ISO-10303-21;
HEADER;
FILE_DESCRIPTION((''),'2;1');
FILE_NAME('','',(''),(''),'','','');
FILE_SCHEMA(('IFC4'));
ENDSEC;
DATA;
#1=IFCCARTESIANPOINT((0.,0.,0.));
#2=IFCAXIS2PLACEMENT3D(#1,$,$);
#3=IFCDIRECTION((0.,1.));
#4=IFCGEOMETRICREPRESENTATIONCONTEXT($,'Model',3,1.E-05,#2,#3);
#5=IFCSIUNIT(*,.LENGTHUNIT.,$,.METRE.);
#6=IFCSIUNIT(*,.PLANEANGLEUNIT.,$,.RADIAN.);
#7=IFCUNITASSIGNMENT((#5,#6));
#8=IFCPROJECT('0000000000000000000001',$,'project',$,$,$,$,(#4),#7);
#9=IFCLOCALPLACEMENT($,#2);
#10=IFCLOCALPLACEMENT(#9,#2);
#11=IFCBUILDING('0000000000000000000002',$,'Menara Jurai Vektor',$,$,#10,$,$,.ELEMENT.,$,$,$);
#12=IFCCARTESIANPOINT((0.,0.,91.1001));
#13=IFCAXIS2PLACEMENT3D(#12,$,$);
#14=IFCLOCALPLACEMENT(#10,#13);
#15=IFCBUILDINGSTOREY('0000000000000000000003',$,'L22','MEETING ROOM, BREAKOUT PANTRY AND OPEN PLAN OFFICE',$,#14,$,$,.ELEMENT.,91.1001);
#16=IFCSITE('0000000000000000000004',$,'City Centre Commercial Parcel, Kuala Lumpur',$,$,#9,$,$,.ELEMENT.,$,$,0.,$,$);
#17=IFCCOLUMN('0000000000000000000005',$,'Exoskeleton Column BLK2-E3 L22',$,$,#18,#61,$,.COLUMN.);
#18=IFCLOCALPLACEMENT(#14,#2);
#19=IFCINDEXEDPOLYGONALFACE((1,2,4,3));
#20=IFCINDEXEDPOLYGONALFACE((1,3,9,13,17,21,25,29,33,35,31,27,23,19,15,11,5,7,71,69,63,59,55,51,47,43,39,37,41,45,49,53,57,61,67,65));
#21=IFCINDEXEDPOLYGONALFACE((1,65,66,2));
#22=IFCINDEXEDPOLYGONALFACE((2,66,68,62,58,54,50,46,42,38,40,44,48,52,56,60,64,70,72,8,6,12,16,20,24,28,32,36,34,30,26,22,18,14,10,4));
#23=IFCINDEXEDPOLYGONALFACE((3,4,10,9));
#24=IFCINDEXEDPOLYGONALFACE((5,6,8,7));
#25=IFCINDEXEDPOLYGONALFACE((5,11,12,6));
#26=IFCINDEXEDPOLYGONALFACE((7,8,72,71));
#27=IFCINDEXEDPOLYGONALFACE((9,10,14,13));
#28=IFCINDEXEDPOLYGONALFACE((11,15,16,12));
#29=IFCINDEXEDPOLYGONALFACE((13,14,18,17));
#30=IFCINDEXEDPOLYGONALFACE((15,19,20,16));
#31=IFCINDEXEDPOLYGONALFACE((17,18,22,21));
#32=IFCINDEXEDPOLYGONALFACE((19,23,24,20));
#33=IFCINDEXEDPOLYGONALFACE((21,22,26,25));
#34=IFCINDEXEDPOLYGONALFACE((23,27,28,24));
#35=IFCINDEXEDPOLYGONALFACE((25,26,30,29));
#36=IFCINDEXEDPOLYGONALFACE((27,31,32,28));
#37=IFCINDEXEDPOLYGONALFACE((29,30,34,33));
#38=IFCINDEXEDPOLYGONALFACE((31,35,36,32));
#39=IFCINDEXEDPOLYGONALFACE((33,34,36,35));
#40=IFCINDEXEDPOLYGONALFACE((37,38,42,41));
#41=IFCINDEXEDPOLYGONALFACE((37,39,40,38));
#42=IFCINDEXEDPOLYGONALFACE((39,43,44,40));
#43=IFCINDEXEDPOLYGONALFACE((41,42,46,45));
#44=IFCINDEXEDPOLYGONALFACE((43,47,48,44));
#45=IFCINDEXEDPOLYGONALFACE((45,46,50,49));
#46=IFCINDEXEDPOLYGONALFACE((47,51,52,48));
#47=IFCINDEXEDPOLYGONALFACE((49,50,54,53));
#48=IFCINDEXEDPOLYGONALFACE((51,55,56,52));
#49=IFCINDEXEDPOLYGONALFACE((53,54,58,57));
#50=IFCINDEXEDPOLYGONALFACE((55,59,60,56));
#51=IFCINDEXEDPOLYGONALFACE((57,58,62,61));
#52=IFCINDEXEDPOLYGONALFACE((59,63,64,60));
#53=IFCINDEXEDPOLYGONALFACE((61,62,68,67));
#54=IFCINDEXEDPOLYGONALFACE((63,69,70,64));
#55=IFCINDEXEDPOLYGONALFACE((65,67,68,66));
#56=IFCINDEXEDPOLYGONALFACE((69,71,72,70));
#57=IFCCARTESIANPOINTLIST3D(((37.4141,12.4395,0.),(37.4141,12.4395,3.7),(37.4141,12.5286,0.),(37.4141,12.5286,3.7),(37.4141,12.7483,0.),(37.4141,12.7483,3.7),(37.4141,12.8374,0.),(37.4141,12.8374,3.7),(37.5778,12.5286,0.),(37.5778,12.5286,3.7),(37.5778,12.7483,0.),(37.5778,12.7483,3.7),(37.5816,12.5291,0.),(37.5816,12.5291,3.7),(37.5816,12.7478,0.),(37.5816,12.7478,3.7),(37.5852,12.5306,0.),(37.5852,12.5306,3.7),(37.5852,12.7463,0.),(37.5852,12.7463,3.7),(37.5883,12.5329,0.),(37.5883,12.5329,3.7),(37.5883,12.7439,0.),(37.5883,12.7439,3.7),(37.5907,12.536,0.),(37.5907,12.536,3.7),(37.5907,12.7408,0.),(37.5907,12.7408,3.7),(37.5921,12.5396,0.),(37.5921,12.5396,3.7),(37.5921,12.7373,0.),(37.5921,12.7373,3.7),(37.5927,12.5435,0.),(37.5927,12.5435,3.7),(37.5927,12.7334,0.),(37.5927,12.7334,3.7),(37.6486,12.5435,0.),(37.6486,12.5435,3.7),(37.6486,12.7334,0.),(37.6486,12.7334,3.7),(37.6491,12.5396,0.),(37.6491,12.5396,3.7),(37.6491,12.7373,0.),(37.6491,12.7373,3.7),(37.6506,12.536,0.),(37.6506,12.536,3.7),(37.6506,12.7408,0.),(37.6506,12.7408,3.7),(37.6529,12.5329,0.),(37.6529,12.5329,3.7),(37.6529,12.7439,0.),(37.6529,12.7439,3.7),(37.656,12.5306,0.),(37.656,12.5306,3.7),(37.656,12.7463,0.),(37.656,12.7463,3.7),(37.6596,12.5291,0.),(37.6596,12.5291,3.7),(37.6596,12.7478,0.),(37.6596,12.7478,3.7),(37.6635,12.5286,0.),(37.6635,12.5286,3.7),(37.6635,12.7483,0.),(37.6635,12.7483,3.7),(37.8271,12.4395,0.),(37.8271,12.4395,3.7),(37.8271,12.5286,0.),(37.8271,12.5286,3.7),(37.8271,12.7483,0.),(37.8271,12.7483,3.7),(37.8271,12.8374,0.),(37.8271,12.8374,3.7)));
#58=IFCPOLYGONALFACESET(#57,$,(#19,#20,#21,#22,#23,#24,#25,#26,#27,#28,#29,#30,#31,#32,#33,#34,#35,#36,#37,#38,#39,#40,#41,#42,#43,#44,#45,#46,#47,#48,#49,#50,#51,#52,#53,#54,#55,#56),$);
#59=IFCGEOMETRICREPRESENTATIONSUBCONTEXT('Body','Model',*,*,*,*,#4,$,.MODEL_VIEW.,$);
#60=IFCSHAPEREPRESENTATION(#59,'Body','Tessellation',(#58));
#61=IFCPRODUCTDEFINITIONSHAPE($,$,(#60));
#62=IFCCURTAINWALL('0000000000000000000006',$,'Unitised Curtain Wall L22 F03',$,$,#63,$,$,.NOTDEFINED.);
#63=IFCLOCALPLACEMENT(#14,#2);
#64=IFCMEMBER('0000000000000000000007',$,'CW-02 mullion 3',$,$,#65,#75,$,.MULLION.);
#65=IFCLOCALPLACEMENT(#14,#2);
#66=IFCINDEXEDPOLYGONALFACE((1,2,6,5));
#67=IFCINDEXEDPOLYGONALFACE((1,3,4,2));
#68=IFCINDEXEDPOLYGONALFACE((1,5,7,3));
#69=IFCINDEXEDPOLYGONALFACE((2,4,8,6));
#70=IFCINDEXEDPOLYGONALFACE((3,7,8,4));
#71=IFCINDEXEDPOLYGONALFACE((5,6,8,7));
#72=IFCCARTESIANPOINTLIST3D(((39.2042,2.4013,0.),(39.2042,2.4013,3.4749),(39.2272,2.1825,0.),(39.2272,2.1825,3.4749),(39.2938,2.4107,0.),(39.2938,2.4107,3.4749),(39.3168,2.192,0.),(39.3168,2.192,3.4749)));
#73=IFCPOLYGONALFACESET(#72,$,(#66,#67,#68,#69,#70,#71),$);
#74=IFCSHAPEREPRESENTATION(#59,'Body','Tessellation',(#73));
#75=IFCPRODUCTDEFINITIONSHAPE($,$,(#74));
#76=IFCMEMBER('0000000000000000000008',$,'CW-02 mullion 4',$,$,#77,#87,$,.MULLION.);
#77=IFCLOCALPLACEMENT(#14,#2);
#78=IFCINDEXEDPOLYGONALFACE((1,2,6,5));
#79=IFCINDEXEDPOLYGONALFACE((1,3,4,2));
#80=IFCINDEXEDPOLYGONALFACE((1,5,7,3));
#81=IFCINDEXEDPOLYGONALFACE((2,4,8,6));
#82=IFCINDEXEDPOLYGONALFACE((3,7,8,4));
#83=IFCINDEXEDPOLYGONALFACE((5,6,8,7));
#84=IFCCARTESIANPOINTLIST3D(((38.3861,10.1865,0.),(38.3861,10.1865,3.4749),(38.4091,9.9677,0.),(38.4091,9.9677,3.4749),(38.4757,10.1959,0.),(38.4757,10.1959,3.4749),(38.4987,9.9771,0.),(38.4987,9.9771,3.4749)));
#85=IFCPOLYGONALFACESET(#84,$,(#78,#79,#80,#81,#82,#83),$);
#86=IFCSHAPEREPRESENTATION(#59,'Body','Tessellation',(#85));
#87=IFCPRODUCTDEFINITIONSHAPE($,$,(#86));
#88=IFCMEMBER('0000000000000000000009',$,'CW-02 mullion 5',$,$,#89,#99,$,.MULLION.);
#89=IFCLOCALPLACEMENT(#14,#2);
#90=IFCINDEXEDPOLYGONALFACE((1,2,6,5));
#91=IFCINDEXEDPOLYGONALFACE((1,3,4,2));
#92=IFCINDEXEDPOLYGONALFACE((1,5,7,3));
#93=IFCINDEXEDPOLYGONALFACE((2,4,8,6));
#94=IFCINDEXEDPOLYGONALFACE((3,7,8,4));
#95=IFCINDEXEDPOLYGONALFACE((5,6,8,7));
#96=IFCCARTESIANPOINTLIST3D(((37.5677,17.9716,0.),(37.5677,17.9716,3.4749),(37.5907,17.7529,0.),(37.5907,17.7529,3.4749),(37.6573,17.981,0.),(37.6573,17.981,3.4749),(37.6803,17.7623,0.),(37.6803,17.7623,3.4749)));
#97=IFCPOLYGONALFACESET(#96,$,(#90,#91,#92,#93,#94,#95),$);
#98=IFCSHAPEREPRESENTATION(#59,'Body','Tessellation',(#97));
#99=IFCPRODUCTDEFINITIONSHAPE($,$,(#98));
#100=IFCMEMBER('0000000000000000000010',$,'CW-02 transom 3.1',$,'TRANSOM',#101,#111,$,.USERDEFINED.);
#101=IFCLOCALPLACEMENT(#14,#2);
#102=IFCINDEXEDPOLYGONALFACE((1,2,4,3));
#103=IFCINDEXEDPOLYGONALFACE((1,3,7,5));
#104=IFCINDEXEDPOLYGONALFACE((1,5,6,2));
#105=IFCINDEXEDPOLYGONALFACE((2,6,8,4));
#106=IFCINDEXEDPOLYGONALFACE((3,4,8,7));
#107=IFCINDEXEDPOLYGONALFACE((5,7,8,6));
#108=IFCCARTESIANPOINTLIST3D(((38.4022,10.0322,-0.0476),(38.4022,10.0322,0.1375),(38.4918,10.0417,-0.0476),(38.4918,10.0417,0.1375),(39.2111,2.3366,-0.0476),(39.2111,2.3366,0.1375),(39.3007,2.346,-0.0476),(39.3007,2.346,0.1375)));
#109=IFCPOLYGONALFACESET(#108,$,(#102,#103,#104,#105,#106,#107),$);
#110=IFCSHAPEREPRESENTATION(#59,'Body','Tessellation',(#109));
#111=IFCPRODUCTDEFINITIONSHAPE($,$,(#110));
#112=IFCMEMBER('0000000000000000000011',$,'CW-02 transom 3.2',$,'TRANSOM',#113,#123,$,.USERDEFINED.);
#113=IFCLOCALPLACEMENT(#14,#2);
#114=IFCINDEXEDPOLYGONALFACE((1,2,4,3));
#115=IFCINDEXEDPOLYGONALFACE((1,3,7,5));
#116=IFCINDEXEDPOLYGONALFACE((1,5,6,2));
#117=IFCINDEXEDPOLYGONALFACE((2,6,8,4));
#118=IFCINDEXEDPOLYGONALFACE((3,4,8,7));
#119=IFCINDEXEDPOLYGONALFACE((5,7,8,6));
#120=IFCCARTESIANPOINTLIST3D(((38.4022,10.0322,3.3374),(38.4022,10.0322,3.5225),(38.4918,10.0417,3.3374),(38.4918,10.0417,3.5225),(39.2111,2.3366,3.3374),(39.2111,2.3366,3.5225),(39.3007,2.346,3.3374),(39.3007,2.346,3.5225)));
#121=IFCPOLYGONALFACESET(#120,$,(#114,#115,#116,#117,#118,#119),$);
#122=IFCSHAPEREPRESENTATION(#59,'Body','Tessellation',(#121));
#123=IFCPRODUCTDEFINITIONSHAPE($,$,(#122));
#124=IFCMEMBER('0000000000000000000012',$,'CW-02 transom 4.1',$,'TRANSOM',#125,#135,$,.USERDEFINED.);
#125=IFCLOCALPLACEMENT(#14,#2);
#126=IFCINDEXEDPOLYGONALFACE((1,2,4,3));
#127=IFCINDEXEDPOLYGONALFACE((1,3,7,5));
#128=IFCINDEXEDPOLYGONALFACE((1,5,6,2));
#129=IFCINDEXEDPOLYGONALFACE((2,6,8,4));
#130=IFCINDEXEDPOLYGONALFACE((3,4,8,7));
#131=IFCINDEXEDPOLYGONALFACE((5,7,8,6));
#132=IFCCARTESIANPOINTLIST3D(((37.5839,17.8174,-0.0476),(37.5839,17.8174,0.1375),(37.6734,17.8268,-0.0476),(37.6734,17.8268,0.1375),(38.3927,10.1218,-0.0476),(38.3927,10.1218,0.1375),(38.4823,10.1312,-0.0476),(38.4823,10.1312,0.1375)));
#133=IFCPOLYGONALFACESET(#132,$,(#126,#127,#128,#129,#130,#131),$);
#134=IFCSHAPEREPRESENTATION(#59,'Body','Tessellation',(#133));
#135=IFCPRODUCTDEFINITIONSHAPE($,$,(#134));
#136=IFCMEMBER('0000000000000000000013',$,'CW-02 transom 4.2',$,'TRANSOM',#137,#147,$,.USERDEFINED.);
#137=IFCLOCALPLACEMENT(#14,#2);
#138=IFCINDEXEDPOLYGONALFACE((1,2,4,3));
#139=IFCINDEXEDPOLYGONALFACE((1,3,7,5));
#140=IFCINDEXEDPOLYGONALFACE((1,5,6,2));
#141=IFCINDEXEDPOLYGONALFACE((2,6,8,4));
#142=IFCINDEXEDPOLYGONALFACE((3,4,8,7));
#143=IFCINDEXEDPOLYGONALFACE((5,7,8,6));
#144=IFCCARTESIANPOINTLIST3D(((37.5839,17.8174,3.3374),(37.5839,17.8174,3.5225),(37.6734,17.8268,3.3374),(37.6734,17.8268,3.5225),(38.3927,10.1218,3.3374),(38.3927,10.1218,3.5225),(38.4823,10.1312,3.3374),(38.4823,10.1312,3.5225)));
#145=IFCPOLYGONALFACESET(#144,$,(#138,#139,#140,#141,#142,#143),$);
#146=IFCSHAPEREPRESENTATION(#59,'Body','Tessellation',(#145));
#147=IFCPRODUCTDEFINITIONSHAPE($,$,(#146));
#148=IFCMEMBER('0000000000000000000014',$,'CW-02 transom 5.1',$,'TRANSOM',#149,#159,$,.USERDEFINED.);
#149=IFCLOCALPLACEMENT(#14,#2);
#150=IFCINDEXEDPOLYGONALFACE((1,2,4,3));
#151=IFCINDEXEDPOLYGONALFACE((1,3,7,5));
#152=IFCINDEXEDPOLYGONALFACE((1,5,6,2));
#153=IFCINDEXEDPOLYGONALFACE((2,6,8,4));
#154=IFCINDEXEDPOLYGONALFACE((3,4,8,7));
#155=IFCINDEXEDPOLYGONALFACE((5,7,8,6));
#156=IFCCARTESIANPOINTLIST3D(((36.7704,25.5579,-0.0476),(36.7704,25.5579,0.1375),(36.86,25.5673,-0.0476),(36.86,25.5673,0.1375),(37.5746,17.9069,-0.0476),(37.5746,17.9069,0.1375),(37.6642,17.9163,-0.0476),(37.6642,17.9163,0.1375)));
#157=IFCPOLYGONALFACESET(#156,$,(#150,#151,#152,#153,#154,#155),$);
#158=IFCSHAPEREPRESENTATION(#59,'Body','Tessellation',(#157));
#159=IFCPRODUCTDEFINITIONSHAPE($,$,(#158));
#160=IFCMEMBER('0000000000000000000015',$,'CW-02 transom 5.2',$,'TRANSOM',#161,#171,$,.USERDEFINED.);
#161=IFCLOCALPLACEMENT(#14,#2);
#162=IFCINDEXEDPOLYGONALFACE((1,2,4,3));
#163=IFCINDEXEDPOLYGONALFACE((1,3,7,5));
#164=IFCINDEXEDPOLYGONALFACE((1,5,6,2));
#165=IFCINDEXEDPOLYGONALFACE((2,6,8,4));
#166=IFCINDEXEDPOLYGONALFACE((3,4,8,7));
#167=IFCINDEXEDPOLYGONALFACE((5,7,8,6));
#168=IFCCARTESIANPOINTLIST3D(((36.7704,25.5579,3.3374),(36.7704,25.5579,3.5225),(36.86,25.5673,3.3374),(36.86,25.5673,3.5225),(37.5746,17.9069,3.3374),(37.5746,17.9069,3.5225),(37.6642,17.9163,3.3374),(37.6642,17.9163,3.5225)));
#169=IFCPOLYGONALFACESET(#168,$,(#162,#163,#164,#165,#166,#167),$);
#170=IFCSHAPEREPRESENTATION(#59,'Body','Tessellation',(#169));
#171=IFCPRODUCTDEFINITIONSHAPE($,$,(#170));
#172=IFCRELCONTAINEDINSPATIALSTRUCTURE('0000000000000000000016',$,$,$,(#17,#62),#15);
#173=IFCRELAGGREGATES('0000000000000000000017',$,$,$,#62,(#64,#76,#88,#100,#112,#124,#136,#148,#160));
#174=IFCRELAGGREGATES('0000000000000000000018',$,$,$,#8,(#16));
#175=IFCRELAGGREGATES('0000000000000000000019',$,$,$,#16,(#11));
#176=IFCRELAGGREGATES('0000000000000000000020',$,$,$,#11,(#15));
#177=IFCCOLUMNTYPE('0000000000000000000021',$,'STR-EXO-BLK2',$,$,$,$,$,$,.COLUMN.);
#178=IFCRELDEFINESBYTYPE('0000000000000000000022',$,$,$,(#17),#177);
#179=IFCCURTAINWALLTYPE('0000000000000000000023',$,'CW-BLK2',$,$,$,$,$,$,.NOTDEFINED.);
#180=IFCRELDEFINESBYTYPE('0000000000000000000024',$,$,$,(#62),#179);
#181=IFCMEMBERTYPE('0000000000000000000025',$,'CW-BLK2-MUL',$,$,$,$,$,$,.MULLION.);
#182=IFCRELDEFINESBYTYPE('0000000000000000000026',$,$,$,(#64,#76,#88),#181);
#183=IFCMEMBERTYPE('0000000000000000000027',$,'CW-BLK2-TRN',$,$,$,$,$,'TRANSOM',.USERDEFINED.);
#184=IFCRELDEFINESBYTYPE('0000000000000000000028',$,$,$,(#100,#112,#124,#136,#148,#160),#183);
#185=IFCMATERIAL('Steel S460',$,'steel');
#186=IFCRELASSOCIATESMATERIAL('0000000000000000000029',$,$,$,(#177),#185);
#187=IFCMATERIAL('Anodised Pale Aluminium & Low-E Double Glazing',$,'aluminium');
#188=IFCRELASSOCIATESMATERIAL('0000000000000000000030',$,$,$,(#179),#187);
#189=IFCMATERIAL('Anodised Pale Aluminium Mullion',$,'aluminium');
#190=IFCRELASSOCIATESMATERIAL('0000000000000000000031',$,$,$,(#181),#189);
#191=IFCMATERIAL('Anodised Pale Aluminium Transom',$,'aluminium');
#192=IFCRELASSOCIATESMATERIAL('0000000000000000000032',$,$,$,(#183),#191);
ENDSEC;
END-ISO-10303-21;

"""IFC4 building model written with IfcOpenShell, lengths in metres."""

from ifc_helpers import new_model, si_unit, direction, frame, origin, origin_2d, place, context, subcontext, project, spatial, rectangle, i_section, extrude, material, material_profile, profile_set, type_object, element, aggregate, save


model = new_model("IFC4")

# Units and contexts
model_context = context("Model", 3, precision=1e-05, world=origin(), true_north=direction((0.0, 1.0)))
body_context = subcontext(model_context, "Body", "Model", "MODEL_VIEW")
ifc_project = project(units=[si_unit("LENGTHUNIT", "METRE"), si_unit("PLANEANGLEUNIT", "RADIAN")], contexts=[model_context])

# Site, building, storey
site_placement = place(None, origin())
site = spatial("IfcSite", under=ifc_project, at=site_placement, Name="City Centre Commercial Parcel, Kuala Lumpur", CompositionType="ELEMENT", RefElevation=0.0)
building_placement = place(site_placement, origin())
building = spatial("IfcBuilding", under=site, at=building_placement, Name="Menara Jurai Vektor", CompositionType="ELEMENT")
storey_placement = place(building_placement, frame((0.0, 0.0, 91.1001)))
storey = spatial("IfcBuildingStorey", under=building, at=storey_placement, Name="L22", Description="MEETING ROOM, BREAKOUT PANTRY AND OPEN PLAN OFFICE", CompositionType="ELEMENT", Elevation=91.1001)

# Column
ifc_material_1 = material(Name="Steel S460", Category="steel")
ifc_material_profile_1 = material_profile(ifc_material_1, i_section(OverallWidth=0.4131, OverallDepth=0.3979, WebThickness=0.0559, FlangeThickness=0.0891, FilletRadius=0.0149, at=origin_2d()), Name="HD 400x744")
ifc_profile_set_1 = profile_set([ifc_material_profile_1], Name="Steel S460")
column_type = type_object("IfcColumnType", Name="STR-EXO-BLK2", PredefinedType="COLUMN", material=ifc_profile_set_1)
column_placement = place(storey_placement, frame((37.6206, 12.6384, 0.0), z_axis=(0.0, 0.0, 1.0), x_axis=(1.0, 0.0, 0.0)))
element("IfcColumn", 1, at=column_placement, inside=storey, type_object=column_type, Name="Exoskeleton Column BLK2-E3 L22", PredefinedType="COLUMN", context=body_context, shape_type="SweptSolid", body=[
    extrude(i_section(OverallWidth=0.4131, OverallDepth=0.3979, WebThickness=0.0559, FlangeThickness=0.0891, FilletRadius=0.0149, at=origin_2d()), origin(), (0.0, 0.0, 1.0), 3.7),
])

# Curtain wall, members
ifc_material_2 = material(Name="Anodised Pale Aluminium & Low-E Double Glazing", Category="aluminium")
curtain_wall_type = type_object("IfcCurtainWallType", Name="CW-BLK2", PredefinedType="NOTDEFINED", material=ifc_material_2)
curtain_wall_placement = place(storey_placement, origin())
curtain_wall = element("IfcCurtainWall", 2, at=curtain_wall_placement, inside=storey, type_object=curtain_wall_type, Name="Unitised Curtain Wall L22 F03", PredefinedType="NOTDEFINED")
ifc_material_3 = material(Name="Anodised Pale Aluminium Mullion", Category="aluminium")
ifc_material_profile_2 = material_profile(ifc_material_3, rectangle(XDim=0.0901, YDim=0.22, at=origin_2d()), Name="ALU MUL 90x220")
ifc_profile_set_2 = profile_set([ifc_material_profile_2], Name="Anodised Pale Aluminium Mullion")
member_type_1 = type_object("IfcMemberType", Name="CW-BLK2-MUL", PredefinedType="MULLION", material=ifc_profile_set_2)
member_1_placement = place(storey_placement, frame((39.2605, 2.2966, 0.0), z_axis=(0.0, 0.0, 1.0), x_axis=(-0.994522, -0.10453, 0.0)))
member_1 = element("IfcMember", 3, at=member_1_placement, type_object=member_type_1, Name="CW-02 mullion 3", PredefinedType="MULLION", context=body_context, shape_type="SweptSolid", body=[
    extrude(rectangle(XDim=0.0901, YDim=0.22, at=origin_2d()), origin(), (0.0, 0.0, 1.0), 3.4749),
])
member_2_placement = place(storey_placement, frame((38.4424, 10.0818, 0.0), z_axis=(0.0, 0.0, 1.0), x_axis=(-0.994522, -0.10453, 0.0)))
member_2 = element("IfcMember", 4, at=member_2_placement, type_object=member_type_1, Name="CW-02 mullion 4", PredefinedType="MULLION", context=body_context, shape_type="SweptSolid", body=[
    extrude(rectangle(XDim=0.0901, YDim=0.22, at=origin_2d()), origin(), (0.0, 0.0, 1.0), 3.4749),
])
member_3_placement = place(storey_placement, frame((37.624, 17.8669, 0.0), z_axis=(0.0, 0.0, 1.0), x_axis=(-0.994522, -0.10453, 0.0)))
member_3 = element("IfcMember", 5, at=member_3_placement, type_object=member_type_1, Name="CW-02 mullion 5", PredefinedType="MULLION", context=body_context, shape_type="SweptSolid", body=[
    extrude(rectangle(XDim=0.0901, YDim=0.22, at=origin_2d()), origin(), (0.0, 0.0, 1.0), 3.4749),
])
ifc_material_4 = material(Name="Anodised Pale Aluminium Transom", Category="aluminium")
ifc_material_profile_3 = material_profile(ifc_material_4, rectangle(XDim=0.0901, YDim=0.1851, at=origin_2d()), Name="ALU TRN 90x185")
ifc_profile_set_3 = profile_set([ifc_material_profile_3], Name="Anodised Pale Aluminium Transom")
member_type_2 = type_object("IfcMemberType", Name="CW-BLK2-TRN", ElementType="TRANSOM", PredefinedType="USERDEFINED", material=ifc_profile_set_3)
member_4_placement = place(storey_placement, frame((39.2559, 2.3413, 0.0449), z_axis=(-0.104529, 0.994522, 0.0), x_axis=(-0.994522, -0.104529, 0.0)))
member_4 = element("IfcMember", 6, at=member_4_placement, type_object=member_type_2, Name="CW-02 transom 3.1", ObjectType="TRANSOM", PredefinedType="USERDEFINED", context=body_context, shape_type="SweptSolid", body=[
    extrude(rectangle(XDim=0.0901, YDim=0.1851, at=origin_2d()), origin(), (0.0, 0.0, 1.0), 7.738),
])
member_5_placement = place(storey_placement, frame((39.2559, 2.3413, 3.4299), z_axis=(-0.104529, 0.994522, 0.0), x_axis=(-0.994522, -0.104529, 0.0)))
member_5 = element("IfcMember", 7, at=member_5_placement, type_object=member_type_2, Name="CW-02 transom 3.2", ObjectType="TRANSOM", PredefinedType="USERDEFINED", context=body_context, shape_type="SweptSolid", body=[
    extrude(rectangle(XDim=0.0901, YDim=0.1851, at=origin_2d()), origin(), (0.0, 0.0, 1.0), 7.738),
])
member_6_placement = place(storey_placement, frame((38.4375, 10.1265, 0.0449), z_axis=(-0.104529, 0.994522, 0.0), x_axis=(-0.994522, -0.104529, 0.0)))
member_6 = element("IfcMember", 8, at=member_6_placement, type_object=member_type_2, Name="CW-02 transom 4.1", ObjectType="TRANSOM", PredefinedType="USERDEFINED", context=body_context, shape_type="SweptSolid", body=[
    extrude(rectangle(XDim=0.0901, YDim=0.1851, at=origin_2d()), origin(), (0.0, 0.0, 1.0), 7.738),
])
member_7_placement = place(storey_placement, frame((38.4375, 10.1265, 3.4299), z_axis=(-0.104529, 0.994522, 0.0), x_axis=(-0.994522, -0.104529, 0.0)))
member_7 = element("IfcMember", 9, at=member_7_placement, type_object=member_type_2, Name="CW-02 transom 4.2", ObjectType="TRANSOM", PredefinedType="USERDEFINED", context=body_context, shape_type="SweptSolid", body=[
    extrude(rectangle(XDim=0.0901, YDim=0.1851, at=origin_2d()), origin(), (0.0, 0.0, 1.0), 7.738),
])
member_8_placement = place(storey_placement, frame((37.6194, 17.9116, 0.0449), z_axis=(-0.104536, 0.994521, 0.0), x_axis=(-0.994521, -0.104536, 0.0)))
member_8 = element("IfcMember", 10, at=member_8_placement, type_object=member_type_2, Name="CW-02 transom 5.1", ObjectType="TRANSOM", PredefinedType="USERDEFINED", context=body_context, shape_type="SweptSolid", body=[
    extrude(rectangle(XDim=0.0901, YDim=0.1851, at=origin_2d()), origin(), (0.0, 0.0, 1.0), 7.6931),
])
member_9_placement = place(storey_placement, frame((37.6194, 17.9116, 3.4299), z_axis=(-0.104536, 0.994521, 0.0), x_axis=(-0.994521, -0.104536, 0.0)))
member_9 = element("IfcMember", 11, at=member_9_placement, type_object=member_type_2, Name="CW-02 transom 5.2", ObjectType="TRANSOM", PredefinedType="USERDEFINED", context=body_context, shape_type="SweptSolid", body=[
    extrude(rectangle(XDim=0.0901, YDim=0.1851, at=origin_2d()), origin(), (0.0, 0.0, 1.0), 7.6931),
])

aggregate(curtain_wall, [member_1, member_2, member_3, member_4, member_5, member_6, member_7, member_8, member_9])

save(model, "model.ifc")
